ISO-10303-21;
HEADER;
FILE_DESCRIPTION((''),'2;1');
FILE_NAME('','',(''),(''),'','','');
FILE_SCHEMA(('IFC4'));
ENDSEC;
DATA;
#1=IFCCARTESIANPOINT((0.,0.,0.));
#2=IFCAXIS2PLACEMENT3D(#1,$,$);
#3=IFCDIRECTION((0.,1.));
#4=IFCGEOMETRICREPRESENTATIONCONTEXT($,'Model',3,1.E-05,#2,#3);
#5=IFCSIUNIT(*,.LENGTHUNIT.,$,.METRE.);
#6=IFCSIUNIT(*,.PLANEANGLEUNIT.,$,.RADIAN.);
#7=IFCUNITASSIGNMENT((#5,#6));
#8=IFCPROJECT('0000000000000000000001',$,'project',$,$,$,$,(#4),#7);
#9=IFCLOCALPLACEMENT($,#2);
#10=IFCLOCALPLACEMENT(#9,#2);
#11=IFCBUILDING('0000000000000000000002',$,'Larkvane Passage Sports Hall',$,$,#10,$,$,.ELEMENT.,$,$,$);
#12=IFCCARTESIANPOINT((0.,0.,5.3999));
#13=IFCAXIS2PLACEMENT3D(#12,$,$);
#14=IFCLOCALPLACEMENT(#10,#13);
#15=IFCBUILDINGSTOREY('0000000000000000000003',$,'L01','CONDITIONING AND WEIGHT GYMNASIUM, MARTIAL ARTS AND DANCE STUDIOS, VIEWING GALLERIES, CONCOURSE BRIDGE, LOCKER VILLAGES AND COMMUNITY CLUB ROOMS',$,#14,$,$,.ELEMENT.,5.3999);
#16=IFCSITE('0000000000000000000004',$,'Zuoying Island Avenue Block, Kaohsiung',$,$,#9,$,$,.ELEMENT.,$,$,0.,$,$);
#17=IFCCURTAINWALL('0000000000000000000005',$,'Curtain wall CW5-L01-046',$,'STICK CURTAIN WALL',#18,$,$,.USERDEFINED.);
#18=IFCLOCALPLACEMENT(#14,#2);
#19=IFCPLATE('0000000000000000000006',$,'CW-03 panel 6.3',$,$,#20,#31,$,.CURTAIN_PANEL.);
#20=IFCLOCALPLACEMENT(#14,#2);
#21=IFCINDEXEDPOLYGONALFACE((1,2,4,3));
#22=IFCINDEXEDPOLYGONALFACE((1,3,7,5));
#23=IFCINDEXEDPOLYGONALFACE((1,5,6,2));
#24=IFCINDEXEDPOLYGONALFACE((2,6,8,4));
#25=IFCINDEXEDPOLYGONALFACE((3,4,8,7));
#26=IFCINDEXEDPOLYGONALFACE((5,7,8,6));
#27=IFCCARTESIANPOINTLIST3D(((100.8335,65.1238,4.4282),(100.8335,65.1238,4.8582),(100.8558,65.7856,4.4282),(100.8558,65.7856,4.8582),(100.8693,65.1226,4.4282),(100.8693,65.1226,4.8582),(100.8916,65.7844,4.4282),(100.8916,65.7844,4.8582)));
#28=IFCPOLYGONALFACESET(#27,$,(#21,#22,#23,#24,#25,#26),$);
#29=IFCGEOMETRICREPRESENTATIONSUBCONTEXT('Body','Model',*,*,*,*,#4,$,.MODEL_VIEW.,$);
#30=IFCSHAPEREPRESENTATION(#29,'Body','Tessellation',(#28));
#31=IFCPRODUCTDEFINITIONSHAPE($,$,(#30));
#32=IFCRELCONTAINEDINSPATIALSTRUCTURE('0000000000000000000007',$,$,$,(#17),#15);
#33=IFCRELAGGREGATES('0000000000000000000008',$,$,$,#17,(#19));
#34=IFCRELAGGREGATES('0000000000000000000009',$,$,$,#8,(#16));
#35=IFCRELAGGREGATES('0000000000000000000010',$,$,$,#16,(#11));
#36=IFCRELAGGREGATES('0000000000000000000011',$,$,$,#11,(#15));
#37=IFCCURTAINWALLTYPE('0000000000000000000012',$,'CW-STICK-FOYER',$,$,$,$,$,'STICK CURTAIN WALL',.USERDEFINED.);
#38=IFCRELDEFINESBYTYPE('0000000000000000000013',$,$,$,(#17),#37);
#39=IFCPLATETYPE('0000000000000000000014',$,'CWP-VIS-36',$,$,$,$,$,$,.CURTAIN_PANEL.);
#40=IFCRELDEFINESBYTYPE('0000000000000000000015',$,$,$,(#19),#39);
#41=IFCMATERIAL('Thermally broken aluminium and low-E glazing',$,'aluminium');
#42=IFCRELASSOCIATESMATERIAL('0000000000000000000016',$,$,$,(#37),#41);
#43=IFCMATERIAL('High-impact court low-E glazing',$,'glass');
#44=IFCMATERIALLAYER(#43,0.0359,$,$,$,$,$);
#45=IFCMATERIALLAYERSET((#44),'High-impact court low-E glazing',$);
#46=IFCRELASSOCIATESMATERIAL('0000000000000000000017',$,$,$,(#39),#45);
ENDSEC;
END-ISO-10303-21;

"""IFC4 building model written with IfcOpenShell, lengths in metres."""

from ifc_helpers import new_model, si_unit, direction, frame, origin, origin_2d, place, context, subcontext, project, spatial, rectangle, extrude, material, layer, layer_set, type_object, element, aggregate, save


model = new_model("IFC4")

# Units and contexts
model_context = context("Model", 3, precision=1e-05, world=origin(), true_north=direction((0.0, 1.0)))
body_context = subcontext(model_context, "Body", "Model", "MODEL_VIEW")
ifc_project = project(units=[si_unit("LENGTHUNIT", "METRE"), si_unit("PLANEANGLEUNIT", "RADIAN")], contexts=[model_context])

# Site, building, storey
site_placement = place(None, origin())
site = spatial("IfcSite", under=ifc_project, at=site_placement, Name="Zuoying Island Avenue Block, Kaohsiung", CompositionType="ELEMENT", RefElevation=0.0)
building_placement = place(site_placement, origin())
building = spatial("IfcBuilding", under=site, at=building_placement, Name="Larkvane Passage Sports Hall", CompositionType="ELEMENT")
storey_placement = place(building_placement, frame((0.0, 0.0, 5.3999)))
storey = spatial("IfcBuildingStorey", under=building, at=storey_placement, Name="L01", Description="CONDITIONING AND WEIGHT GYMNASIUM, MARTIAL ARTS AND DANCE STUDIOS, VIEWING GALLERIES, CONCOURSE BRIDGE, LOCKER VILLAGES AND COMMUNITY CLUB ROOMS", CompositionType="ELEMENT", Elevation=5.3999)

# Curtain wall
ifc_material_1 = material(Name="Thermally broken aluminium and low-E glazing", Category="aluminium")
curtain_wall_type_1 = type_object("IfcCurtainWallType", Name="CW-STICK-FOYER", ElementType="STICK CURTAIN WALL", PredefinedType="USERDEFINED", material=ifc_material_1)
curtain_wall_1_placement = place(storey_placement, origin())
curtain_wall_1 = element("IfcCurtainWall", 1, at=curtain_wall_1_placement, inside=storey, type_object=curtain_wall_type_1, Name="Curtain wall CW5-L01-046", ObjectType="STICK CURTAIN WALL", PredefinedType="USERDEFINED")

# Plate
ifc_material_2 = material(Name="High-impact court low-E glazing", Category="glass")
ifc_layer_1 = layer(ifc_material_2, 0.0359)
ifc_layer_set_1 = layer_set([ifc_layer_1], Name="High-impact court low-E glazing")
plate_type_1 = type_object("IfcPlateType", Name="CWP-VIS-36", PredefinedType="CURTAIN_PANEL", material=ifc_layer_set_1)
plate_1_placement = place(storey_placement, frame((100.8625, 65.4541, 4.4282), z_axis=(0.0, 0.0, 1.0), x_axis=(-0.033689, -0.999432, 0.0)))
plate_1 = element("IfcPlate", 2, at=plate_1_placement, type_object=plate_type_1, Name="CW-03 panel 6.3", PredefinedType="CURTAIN_PANEL", context=body_context, shape_type="SweptSolid", body=[
    extrude(rectangle(XDim=0.6621, YDim=0.0359, at=origin_2d()), origin(), (0.0, 0.0, 1.0), 0.4299),
])
aggregate(curtain_wall_1, [plate_1])

save(model, "model.ifc")
